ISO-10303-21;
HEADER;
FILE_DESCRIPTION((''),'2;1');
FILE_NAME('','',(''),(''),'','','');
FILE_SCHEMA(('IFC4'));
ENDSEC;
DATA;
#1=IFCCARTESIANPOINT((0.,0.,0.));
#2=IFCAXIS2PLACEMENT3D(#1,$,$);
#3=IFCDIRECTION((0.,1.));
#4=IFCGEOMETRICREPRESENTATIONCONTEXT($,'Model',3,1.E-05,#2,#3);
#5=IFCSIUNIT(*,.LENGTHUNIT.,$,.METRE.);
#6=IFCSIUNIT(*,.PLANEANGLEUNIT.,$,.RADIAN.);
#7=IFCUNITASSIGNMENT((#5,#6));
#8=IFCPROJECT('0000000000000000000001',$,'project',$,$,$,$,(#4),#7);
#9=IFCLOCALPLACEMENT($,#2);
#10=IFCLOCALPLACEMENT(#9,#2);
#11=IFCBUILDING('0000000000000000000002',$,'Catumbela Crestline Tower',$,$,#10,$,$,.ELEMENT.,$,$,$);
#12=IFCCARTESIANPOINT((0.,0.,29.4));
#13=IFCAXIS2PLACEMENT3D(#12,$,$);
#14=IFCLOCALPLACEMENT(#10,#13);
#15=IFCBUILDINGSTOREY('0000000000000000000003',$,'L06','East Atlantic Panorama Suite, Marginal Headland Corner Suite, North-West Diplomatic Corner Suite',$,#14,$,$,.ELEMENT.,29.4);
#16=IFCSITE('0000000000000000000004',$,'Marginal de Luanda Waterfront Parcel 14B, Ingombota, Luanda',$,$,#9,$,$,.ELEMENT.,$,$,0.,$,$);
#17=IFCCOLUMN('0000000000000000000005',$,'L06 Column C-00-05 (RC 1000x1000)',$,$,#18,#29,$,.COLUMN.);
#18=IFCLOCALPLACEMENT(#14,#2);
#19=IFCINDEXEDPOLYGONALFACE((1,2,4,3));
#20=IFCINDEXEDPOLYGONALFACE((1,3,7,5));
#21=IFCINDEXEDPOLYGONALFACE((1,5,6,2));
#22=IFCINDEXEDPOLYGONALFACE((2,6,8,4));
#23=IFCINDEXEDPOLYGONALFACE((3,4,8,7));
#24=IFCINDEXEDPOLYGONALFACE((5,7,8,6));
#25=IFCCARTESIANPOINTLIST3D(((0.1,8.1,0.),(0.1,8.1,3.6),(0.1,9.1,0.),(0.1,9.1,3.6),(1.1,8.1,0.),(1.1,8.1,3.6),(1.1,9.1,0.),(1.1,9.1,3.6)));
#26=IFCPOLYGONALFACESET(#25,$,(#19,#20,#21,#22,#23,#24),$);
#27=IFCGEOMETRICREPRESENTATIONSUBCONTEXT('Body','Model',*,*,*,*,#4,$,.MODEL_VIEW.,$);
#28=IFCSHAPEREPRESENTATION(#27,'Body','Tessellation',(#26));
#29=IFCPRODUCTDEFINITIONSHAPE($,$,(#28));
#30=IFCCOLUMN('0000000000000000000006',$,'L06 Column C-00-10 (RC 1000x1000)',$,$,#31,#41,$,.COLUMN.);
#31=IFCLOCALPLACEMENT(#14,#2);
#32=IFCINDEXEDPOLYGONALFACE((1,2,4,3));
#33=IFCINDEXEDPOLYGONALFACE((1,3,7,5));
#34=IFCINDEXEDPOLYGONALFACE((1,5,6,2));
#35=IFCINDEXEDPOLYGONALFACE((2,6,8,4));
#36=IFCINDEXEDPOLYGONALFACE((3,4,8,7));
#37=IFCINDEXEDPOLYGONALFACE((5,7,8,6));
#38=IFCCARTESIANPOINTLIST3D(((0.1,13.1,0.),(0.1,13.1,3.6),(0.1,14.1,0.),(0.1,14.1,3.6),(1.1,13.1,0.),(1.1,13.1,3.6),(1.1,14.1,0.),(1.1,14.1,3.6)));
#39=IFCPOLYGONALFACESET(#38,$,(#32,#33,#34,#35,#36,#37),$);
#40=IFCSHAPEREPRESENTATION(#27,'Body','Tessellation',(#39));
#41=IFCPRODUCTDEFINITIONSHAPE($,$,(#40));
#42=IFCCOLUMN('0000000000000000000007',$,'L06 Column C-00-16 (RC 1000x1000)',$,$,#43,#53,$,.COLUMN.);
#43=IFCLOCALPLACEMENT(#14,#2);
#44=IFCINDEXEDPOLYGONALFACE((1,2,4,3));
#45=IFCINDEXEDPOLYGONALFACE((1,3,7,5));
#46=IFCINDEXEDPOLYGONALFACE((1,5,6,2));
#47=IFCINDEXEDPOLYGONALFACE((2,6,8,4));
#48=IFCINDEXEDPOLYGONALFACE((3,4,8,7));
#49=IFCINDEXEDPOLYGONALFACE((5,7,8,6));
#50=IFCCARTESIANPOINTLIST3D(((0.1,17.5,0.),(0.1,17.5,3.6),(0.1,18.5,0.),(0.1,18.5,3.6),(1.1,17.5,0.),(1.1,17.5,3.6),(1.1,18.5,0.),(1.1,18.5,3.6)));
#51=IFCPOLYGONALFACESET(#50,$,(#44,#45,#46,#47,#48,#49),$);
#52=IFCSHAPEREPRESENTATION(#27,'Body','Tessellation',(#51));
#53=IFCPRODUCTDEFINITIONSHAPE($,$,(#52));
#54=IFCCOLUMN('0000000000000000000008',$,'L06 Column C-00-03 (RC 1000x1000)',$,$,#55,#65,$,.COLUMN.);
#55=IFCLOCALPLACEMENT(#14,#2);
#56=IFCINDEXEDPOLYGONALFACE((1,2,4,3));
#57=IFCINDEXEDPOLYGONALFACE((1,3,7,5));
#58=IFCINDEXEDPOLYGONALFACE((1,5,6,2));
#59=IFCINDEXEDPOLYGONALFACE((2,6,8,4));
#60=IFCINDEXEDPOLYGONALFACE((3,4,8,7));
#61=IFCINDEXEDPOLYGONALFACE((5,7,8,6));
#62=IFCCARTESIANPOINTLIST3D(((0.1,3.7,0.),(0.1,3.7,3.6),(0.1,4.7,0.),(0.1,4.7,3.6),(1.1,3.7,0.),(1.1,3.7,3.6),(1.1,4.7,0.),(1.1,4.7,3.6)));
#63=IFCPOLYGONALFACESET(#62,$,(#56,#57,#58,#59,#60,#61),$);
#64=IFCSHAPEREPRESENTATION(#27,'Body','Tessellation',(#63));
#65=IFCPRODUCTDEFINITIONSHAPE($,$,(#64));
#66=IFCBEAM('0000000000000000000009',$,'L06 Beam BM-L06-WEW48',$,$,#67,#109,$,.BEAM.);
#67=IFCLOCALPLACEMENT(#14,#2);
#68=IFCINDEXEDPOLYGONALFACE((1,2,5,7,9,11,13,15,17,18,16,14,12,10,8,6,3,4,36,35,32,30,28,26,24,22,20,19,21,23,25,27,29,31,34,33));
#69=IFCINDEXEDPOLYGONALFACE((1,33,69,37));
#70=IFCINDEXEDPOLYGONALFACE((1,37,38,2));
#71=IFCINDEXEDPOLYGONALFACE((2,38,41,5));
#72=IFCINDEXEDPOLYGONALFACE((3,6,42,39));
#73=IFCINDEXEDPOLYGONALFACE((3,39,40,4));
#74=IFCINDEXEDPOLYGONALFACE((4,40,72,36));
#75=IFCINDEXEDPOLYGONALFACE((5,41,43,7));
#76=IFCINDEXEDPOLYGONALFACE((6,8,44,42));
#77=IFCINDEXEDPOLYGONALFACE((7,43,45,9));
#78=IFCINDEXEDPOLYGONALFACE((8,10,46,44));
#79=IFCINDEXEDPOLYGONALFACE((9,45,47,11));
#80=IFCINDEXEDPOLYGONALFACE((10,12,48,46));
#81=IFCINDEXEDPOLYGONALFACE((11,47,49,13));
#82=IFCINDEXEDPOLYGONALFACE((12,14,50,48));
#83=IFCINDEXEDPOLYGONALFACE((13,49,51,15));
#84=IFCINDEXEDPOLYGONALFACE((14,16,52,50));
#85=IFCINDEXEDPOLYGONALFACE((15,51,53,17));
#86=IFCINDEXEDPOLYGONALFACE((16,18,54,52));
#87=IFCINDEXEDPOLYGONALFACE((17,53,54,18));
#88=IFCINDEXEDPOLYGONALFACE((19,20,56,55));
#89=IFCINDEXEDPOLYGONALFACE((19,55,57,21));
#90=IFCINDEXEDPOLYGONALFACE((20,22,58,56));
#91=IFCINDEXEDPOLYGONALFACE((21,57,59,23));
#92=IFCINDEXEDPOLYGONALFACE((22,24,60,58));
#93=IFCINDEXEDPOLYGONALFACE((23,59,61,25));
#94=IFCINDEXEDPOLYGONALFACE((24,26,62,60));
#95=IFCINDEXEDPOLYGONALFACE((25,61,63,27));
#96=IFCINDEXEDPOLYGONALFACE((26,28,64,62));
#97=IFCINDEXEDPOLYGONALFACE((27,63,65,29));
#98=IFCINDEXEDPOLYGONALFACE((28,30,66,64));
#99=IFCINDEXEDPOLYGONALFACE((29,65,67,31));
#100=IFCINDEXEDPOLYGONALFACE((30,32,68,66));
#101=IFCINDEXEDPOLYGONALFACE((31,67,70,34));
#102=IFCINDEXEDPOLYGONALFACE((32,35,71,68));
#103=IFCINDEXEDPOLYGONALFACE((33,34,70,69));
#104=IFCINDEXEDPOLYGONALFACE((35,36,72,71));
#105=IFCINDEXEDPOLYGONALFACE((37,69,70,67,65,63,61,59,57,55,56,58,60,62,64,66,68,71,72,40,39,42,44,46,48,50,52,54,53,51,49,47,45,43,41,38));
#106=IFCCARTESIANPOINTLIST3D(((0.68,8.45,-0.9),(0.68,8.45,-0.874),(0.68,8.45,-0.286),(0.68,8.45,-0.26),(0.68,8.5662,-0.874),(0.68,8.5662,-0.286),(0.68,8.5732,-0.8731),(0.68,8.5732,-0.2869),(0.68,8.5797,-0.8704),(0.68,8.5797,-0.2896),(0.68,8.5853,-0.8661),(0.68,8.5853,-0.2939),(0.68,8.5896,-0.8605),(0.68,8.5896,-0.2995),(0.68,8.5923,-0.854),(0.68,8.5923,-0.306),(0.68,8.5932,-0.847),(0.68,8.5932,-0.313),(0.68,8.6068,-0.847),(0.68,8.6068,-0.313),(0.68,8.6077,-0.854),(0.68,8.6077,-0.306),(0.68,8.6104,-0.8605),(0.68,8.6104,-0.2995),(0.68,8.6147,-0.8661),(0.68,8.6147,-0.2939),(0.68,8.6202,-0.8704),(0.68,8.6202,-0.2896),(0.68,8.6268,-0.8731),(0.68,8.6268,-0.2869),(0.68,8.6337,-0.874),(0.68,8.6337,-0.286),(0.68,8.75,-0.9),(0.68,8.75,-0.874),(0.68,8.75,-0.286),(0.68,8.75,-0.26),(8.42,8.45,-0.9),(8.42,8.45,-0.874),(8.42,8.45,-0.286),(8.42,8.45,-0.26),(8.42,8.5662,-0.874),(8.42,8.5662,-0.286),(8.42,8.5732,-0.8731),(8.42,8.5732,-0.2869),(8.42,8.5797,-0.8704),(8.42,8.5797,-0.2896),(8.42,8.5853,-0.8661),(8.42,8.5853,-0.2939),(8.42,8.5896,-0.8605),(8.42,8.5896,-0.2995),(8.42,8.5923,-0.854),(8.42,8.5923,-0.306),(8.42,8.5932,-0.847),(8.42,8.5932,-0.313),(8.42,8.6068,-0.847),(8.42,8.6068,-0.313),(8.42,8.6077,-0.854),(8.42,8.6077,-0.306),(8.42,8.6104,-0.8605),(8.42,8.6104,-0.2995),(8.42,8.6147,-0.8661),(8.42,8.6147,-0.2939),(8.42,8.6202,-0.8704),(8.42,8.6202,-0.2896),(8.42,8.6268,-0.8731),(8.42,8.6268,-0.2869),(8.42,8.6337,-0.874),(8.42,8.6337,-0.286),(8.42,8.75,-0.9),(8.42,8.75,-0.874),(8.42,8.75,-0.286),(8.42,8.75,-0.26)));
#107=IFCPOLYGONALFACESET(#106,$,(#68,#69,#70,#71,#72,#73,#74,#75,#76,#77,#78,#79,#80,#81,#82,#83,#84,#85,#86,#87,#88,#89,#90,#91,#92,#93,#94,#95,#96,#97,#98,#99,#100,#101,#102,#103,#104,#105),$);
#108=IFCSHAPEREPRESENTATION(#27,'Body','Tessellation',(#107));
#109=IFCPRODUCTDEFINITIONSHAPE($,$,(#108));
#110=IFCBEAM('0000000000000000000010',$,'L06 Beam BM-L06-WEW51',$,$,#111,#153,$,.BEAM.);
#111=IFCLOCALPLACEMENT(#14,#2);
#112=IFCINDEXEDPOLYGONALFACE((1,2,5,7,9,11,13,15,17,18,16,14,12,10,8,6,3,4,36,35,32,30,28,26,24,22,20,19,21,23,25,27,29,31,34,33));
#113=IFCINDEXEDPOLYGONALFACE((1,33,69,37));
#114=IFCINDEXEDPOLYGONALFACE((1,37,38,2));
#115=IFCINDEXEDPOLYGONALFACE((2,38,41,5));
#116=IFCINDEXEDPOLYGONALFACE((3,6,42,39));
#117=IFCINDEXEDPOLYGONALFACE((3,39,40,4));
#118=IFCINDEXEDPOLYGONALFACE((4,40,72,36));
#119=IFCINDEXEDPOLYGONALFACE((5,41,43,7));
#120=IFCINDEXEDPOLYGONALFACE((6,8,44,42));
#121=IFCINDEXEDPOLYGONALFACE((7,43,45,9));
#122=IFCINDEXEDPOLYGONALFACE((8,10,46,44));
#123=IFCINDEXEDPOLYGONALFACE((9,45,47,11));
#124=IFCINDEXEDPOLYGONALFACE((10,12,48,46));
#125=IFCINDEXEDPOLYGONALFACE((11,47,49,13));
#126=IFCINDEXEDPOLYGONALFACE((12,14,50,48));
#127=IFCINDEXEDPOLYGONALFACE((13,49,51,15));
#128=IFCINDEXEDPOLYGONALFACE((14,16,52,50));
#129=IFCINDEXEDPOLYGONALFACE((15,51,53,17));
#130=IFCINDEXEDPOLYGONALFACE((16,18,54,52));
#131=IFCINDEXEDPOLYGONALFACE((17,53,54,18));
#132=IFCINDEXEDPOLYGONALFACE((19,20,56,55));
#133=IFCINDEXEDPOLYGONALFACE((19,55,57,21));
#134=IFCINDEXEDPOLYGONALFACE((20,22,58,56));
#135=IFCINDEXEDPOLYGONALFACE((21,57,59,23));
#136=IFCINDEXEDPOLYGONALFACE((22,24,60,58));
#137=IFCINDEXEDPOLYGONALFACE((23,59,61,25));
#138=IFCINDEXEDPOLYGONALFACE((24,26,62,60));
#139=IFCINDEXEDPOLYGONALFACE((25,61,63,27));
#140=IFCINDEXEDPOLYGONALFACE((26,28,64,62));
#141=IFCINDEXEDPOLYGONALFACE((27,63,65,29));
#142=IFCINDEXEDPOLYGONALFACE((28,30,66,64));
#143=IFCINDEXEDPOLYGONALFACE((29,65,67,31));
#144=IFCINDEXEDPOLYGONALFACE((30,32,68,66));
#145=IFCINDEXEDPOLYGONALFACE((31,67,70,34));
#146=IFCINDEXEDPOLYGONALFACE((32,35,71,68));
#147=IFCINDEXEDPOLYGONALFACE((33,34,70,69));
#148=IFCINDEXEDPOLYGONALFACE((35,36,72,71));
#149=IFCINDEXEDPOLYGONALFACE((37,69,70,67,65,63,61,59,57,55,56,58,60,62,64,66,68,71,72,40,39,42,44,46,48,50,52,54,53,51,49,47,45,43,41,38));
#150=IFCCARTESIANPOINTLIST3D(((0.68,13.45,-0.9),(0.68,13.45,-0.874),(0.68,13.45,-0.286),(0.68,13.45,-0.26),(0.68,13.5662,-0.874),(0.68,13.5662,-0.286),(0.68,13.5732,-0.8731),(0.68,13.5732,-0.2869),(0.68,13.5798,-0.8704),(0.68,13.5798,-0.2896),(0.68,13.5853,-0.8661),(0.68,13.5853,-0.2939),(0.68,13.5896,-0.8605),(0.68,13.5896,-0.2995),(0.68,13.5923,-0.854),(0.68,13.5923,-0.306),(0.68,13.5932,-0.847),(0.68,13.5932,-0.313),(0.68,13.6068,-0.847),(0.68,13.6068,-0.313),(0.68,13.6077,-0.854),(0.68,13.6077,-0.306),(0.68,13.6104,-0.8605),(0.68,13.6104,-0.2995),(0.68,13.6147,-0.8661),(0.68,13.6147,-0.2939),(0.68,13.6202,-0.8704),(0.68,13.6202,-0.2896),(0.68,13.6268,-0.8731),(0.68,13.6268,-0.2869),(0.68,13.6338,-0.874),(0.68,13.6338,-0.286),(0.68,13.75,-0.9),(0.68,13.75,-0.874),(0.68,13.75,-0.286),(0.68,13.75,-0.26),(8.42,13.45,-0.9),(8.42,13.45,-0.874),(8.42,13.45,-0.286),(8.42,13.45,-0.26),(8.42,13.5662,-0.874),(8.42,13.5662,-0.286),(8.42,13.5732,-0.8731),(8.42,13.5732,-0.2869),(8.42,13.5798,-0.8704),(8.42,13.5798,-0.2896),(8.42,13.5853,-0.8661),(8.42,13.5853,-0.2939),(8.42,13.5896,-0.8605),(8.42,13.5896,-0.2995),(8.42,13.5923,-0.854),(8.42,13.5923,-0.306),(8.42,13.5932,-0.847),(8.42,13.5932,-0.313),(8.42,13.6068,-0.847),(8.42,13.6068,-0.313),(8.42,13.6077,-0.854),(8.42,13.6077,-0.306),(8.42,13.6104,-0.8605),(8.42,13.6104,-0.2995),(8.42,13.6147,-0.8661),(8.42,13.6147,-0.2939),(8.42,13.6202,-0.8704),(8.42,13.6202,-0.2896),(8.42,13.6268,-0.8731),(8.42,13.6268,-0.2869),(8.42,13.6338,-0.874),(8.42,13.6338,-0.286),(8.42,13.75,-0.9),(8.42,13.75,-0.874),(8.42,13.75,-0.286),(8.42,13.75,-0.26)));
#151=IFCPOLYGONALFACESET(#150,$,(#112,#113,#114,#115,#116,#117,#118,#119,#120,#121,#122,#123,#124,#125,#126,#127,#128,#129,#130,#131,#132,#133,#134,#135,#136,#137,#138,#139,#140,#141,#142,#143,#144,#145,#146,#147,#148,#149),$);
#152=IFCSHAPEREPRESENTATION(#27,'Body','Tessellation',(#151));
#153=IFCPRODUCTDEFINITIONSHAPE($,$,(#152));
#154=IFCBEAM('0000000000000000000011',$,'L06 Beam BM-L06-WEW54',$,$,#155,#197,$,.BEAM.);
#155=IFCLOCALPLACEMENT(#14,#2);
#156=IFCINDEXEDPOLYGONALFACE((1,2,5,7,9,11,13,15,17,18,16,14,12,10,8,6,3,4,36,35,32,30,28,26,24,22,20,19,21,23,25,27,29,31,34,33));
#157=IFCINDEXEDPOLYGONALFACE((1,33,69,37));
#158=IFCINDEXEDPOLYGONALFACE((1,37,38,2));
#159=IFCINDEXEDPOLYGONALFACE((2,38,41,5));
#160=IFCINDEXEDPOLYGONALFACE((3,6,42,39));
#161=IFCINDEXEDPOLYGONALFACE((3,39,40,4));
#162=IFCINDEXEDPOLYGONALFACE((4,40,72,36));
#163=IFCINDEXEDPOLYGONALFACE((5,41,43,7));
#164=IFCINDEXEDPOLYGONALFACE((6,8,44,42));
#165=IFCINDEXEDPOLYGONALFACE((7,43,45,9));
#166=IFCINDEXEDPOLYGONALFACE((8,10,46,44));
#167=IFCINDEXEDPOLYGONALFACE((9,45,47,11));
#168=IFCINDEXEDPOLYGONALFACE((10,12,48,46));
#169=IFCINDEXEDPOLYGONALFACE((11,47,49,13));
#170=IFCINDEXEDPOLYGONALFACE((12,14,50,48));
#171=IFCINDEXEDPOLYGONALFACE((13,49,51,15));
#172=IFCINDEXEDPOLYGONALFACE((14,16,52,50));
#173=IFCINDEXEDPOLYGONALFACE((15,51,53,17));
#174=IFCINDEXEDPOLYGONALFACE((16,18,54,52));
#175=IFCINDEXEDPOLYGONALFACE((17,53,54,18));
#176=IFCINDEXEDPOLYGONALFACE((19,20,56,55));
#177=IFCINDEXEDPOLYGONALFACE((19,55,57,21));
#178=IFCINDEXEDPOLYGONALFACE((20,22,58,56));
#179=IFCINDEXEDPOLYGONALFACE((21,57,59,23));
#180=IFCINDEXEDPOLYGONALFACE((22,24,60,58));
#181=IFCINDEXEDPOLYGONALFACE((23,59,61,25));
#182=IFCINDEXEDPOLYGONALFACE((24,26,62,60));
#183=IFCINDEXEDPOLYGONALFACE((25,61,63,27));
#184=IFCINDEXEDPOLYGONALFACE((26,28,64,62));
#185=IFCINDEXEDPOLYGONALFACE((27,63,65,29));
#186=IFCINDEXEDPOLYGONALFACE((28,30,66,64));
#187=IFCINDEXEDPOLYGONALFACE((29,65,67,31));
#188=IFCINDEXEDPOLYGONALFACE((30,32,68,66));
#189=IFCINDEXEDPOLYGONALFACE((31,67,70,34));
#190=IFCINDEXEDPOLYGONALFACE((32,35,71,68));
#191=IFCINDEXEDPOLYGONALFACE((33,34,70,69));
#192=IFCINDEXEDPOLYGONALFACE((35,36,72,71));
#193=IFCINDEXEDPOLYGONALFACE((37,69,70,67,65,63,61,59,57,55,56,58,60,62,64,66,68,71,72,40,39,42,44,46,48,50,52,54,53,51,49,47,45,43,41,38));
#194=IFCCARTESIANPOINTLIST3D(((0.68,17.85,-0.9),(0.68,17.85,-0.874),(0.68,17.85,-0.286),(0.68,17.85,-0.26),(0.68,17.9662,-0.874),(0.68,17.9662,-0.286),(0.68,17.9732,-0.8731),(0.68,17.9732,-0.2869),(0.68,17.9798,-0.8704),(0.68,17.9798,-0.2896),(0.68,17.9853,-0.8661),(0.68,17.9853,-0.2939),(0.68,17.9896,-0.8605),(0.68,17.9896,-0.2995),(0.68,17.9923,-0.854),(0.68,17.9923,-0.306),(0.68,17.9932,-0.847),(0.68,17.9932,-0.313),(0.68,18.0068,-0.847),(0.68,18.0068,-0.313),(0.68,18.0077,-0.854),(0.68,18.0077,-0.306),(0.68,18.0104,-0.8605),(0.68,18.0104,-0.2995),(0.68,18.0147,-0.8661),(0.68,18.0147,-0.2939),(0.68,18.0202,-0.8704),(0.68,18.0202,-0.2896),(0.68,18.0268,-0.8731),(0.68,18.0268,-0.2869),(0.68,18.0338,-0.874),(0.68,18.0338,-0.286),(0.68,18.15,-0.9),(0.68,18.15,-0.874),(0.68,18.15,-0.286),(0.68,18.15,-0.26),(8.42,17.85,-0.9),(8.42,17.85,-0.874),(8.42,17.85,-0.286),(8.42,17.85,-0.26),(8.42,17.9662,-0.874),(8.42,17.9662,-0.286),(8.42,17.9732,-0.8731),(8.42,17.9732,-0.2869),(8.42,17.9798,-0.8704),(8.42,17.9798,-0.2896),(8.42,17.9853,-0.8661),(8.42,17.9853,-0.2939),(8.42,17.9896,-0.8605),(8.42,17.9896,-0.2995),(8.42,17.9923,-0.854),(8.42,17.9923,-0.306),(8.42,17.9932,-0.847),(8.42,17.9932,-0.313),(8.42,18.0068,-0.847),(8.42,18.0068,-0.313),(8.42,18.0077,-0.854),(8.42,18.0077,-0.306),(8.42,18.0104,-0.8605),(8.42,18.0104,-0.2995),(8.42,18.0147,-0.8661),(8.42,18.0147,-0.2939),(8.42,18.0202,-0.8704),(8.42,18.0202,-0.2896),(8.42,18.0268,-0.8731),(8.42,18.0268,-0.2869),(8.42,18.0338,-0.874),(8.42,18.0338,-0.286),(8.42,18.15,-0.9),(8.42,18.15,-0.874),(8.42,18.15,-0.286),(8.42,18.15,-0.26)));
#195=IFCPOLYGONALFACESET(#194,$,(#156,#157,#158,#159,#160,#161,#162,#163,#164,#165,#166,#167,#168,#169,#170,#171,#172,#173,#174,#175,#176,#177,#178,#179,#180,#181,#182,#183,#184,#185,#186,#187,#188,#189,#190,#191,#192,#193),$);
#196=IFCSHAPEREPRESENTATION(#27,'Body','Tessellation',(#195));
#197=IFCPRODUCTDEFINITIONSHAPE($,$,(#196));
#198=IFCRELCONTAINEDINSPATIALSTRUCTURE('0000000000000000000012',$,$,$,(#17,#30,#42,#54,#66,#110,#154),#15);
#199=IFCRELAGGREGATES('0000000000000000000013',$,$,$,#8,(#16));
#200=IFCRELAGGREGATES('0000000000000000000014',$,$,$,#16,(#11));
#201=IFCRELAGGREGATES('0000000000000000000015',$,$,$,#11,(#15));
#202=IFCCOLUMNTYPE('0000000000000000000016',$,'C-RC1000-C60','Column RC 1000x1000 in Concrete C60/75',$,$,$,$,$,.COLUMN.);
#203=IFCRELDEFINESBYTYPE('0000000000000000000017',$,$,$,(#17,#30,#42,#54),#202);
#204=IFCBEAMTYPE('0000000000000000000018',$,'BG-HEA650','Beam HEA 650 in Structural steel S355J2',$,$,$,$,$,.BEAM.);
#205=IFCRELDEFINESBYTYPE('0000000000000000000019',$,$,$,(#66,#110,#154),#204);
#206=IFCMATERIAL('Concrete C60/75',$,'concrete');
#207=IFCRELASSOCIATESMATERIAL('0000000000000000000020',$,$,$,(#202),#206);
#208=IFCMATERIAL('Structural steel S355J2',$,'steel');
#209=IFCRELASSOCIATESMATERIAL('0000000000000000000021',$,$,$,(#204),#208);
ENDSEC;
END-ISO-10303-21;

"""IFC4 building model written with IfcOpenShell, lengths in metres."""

from ifc_helpers import new_model, si_unit, direction, frame, origin, origin_2d, place, context, subcontext, project, spatial, rectangle, i_section, extrude, material, material_profile, profile_set, type_object, element, save


model = new_model("IFC4")

# Units and contexts
model_context = context("Model", 3, precision=1e-05, world=origin(), true_north=direction((0.0, 1.0)))
body_context = subcontext(model_context, "Body", "Model", "MODEL_VIEW")
ifc_project = project(units=[si_unit("LENGTHUNIT", "METRE"), si_unit("PLANEANGLEUNIT", "RADIAN")], contexts=[model_context])

# Site, building, storey
site_placement = place(None, origin())
site = spatial("IfcSite", under=ifc_project, at=site_placement, Name="Marginal de Luanda Waterfront Parcel 14B, Ingombota, Luanda", CompositionType="ELEMENT", RefElevation=0.0)
building_placement = place(site_placement, origin())
building = spatial("IfcBuilding", under=site, at=building_placement, Name="Catumbela Crestline Tower", CompositionType="ELEMENT")
storey_placement = place(building_placement, frame((0.0, 0.0, 29.4)))
storey = spatial("IfcBuildingStorey", under=building, at=storey_placement, Name="L06", Description="East Atlantic Panorama Suite, Marginal Headland Corner Suite, North-West Diplomatic Corner Suite", CompositionType="ELEMENT", Elevation=29.4)

# Columns
ifc_material_1 = material(Name="Concrete C60/75", Category="concrete")
ifc_material_profile_1 = material_profile(ifc_material_1, rectangle(XDim=1.0, YDim=1.0, at=origin_2d()), Name="RC 1000x1000")
ifc_profile_set_1 = profile_set([ifc_material_profile_1], Name="Concrete C60/75")
column_type = type_object("IfcColumnType", Name="C-RC1000-C60", Description="Column RC 1000x1000 in Concrete C60/75", PredefinedType="COLUMN", material=ifc_profile_set_1)
for number, where, z_axis, x_axis, name in (
    (1, (0.6, 8.6, 0.0), (0.0, 0.0, 1.0), (1.0, 0.0, 0.0), "L06 Column C-00-05 (RC 1000x1000)"),
    (2, (0.6, 13.6, 0.0), (0.0, 0.0, 1.0), (1.0, 0.0, 0.0), "L06 Column C-00-10 (RC 1000x1000)"),
    (3, (0.6, 18.0, 0.0), (0.0, 0.0, 1.0), (1.0, 0.0, 0.0), "L06 Column C-00-16 (RC 1000x1000)"),
    (4, (0.6, 4.2, 0.0), (0.0, 0.0, 1.0), (1.0, 0.0, 0.0), "L06 Column C-00-03 (RC 1000x1000)"),
):
    element("IfcColumn", number, at=place(storey_placement, frame(where, z_axis=z_axis, x_axis=x_axis)), inside=storey, type_object=column_type, Name=name, PredefinedType="COLUMN", context=body_context, shape_type="SweptSolid", body=[
        extrude(rectangle(XDim=1.0, YDim=1.0, at=origin_2d()), origin(), (0.0, 0.0, 1.0), 3.6),
    ])

# Beams
ifc_material_2 = material(Name="Structural steel S355J2", Category="steel")
ifc_material_profile_2 = material_profile(ifc_material_2, i_section(OverallWidth=0.3, OverallDepth=0.64, WebThickness=0.0135, FlangeThickness=0.026, FilletRadius=0.027, at=origin_2d()), Name="HEA 650")
ifc_profile_set_2 = profile_set([ifc_material_profile_2], Name="Structural steel S355J2")
beam_type_1 = type_object("IfcBeamType", Name="BG-HEA650", Description="Beam HEA 650 in Structural steel S355J2", PredefinedType="BEAM", material=ifc_profile_set_2)
for number, where, z_axis, x_axis, name in (
    (5, (0.68, 8.6, -0.58), (1.0, 0.0, 0.0), (0.0, 1.0, 0.0), "L06 Beam BM-L06-WEW48"),
    (6, (0.68, 13.6, -0.58), (1.0, 0.0, 0.0), (0.0, 1.0, 0.0), "L06 Beam BM-L06-WEW51"),
    (7, (0.68, 18.0, -0.58), (1.0, 0.0, 0.0), (0.0, 1.0, 0.0), "L06 Beam BM-L06-WEW54"),
):
    element("IfcBeam", number, at=place(storey_placement, frame(where, z_axis=z_axis, x_axis=x_axis)), inside=storey, type_object=beam_type_1, Name=name, PredefinedType="BEAM", context=body_context, shape_type="SweptSolid", body=[
        extrude(i_section(OverallWidth=0.3, OverallDepth=0.64, WebThickness=0.0135, FlangeThickness=0.026, FilletRadius=0.027, at=origin_2d()), origin(), (0.0, 0.0, 1.0), 7.74),
    ])

save(model, "model.ifc")
